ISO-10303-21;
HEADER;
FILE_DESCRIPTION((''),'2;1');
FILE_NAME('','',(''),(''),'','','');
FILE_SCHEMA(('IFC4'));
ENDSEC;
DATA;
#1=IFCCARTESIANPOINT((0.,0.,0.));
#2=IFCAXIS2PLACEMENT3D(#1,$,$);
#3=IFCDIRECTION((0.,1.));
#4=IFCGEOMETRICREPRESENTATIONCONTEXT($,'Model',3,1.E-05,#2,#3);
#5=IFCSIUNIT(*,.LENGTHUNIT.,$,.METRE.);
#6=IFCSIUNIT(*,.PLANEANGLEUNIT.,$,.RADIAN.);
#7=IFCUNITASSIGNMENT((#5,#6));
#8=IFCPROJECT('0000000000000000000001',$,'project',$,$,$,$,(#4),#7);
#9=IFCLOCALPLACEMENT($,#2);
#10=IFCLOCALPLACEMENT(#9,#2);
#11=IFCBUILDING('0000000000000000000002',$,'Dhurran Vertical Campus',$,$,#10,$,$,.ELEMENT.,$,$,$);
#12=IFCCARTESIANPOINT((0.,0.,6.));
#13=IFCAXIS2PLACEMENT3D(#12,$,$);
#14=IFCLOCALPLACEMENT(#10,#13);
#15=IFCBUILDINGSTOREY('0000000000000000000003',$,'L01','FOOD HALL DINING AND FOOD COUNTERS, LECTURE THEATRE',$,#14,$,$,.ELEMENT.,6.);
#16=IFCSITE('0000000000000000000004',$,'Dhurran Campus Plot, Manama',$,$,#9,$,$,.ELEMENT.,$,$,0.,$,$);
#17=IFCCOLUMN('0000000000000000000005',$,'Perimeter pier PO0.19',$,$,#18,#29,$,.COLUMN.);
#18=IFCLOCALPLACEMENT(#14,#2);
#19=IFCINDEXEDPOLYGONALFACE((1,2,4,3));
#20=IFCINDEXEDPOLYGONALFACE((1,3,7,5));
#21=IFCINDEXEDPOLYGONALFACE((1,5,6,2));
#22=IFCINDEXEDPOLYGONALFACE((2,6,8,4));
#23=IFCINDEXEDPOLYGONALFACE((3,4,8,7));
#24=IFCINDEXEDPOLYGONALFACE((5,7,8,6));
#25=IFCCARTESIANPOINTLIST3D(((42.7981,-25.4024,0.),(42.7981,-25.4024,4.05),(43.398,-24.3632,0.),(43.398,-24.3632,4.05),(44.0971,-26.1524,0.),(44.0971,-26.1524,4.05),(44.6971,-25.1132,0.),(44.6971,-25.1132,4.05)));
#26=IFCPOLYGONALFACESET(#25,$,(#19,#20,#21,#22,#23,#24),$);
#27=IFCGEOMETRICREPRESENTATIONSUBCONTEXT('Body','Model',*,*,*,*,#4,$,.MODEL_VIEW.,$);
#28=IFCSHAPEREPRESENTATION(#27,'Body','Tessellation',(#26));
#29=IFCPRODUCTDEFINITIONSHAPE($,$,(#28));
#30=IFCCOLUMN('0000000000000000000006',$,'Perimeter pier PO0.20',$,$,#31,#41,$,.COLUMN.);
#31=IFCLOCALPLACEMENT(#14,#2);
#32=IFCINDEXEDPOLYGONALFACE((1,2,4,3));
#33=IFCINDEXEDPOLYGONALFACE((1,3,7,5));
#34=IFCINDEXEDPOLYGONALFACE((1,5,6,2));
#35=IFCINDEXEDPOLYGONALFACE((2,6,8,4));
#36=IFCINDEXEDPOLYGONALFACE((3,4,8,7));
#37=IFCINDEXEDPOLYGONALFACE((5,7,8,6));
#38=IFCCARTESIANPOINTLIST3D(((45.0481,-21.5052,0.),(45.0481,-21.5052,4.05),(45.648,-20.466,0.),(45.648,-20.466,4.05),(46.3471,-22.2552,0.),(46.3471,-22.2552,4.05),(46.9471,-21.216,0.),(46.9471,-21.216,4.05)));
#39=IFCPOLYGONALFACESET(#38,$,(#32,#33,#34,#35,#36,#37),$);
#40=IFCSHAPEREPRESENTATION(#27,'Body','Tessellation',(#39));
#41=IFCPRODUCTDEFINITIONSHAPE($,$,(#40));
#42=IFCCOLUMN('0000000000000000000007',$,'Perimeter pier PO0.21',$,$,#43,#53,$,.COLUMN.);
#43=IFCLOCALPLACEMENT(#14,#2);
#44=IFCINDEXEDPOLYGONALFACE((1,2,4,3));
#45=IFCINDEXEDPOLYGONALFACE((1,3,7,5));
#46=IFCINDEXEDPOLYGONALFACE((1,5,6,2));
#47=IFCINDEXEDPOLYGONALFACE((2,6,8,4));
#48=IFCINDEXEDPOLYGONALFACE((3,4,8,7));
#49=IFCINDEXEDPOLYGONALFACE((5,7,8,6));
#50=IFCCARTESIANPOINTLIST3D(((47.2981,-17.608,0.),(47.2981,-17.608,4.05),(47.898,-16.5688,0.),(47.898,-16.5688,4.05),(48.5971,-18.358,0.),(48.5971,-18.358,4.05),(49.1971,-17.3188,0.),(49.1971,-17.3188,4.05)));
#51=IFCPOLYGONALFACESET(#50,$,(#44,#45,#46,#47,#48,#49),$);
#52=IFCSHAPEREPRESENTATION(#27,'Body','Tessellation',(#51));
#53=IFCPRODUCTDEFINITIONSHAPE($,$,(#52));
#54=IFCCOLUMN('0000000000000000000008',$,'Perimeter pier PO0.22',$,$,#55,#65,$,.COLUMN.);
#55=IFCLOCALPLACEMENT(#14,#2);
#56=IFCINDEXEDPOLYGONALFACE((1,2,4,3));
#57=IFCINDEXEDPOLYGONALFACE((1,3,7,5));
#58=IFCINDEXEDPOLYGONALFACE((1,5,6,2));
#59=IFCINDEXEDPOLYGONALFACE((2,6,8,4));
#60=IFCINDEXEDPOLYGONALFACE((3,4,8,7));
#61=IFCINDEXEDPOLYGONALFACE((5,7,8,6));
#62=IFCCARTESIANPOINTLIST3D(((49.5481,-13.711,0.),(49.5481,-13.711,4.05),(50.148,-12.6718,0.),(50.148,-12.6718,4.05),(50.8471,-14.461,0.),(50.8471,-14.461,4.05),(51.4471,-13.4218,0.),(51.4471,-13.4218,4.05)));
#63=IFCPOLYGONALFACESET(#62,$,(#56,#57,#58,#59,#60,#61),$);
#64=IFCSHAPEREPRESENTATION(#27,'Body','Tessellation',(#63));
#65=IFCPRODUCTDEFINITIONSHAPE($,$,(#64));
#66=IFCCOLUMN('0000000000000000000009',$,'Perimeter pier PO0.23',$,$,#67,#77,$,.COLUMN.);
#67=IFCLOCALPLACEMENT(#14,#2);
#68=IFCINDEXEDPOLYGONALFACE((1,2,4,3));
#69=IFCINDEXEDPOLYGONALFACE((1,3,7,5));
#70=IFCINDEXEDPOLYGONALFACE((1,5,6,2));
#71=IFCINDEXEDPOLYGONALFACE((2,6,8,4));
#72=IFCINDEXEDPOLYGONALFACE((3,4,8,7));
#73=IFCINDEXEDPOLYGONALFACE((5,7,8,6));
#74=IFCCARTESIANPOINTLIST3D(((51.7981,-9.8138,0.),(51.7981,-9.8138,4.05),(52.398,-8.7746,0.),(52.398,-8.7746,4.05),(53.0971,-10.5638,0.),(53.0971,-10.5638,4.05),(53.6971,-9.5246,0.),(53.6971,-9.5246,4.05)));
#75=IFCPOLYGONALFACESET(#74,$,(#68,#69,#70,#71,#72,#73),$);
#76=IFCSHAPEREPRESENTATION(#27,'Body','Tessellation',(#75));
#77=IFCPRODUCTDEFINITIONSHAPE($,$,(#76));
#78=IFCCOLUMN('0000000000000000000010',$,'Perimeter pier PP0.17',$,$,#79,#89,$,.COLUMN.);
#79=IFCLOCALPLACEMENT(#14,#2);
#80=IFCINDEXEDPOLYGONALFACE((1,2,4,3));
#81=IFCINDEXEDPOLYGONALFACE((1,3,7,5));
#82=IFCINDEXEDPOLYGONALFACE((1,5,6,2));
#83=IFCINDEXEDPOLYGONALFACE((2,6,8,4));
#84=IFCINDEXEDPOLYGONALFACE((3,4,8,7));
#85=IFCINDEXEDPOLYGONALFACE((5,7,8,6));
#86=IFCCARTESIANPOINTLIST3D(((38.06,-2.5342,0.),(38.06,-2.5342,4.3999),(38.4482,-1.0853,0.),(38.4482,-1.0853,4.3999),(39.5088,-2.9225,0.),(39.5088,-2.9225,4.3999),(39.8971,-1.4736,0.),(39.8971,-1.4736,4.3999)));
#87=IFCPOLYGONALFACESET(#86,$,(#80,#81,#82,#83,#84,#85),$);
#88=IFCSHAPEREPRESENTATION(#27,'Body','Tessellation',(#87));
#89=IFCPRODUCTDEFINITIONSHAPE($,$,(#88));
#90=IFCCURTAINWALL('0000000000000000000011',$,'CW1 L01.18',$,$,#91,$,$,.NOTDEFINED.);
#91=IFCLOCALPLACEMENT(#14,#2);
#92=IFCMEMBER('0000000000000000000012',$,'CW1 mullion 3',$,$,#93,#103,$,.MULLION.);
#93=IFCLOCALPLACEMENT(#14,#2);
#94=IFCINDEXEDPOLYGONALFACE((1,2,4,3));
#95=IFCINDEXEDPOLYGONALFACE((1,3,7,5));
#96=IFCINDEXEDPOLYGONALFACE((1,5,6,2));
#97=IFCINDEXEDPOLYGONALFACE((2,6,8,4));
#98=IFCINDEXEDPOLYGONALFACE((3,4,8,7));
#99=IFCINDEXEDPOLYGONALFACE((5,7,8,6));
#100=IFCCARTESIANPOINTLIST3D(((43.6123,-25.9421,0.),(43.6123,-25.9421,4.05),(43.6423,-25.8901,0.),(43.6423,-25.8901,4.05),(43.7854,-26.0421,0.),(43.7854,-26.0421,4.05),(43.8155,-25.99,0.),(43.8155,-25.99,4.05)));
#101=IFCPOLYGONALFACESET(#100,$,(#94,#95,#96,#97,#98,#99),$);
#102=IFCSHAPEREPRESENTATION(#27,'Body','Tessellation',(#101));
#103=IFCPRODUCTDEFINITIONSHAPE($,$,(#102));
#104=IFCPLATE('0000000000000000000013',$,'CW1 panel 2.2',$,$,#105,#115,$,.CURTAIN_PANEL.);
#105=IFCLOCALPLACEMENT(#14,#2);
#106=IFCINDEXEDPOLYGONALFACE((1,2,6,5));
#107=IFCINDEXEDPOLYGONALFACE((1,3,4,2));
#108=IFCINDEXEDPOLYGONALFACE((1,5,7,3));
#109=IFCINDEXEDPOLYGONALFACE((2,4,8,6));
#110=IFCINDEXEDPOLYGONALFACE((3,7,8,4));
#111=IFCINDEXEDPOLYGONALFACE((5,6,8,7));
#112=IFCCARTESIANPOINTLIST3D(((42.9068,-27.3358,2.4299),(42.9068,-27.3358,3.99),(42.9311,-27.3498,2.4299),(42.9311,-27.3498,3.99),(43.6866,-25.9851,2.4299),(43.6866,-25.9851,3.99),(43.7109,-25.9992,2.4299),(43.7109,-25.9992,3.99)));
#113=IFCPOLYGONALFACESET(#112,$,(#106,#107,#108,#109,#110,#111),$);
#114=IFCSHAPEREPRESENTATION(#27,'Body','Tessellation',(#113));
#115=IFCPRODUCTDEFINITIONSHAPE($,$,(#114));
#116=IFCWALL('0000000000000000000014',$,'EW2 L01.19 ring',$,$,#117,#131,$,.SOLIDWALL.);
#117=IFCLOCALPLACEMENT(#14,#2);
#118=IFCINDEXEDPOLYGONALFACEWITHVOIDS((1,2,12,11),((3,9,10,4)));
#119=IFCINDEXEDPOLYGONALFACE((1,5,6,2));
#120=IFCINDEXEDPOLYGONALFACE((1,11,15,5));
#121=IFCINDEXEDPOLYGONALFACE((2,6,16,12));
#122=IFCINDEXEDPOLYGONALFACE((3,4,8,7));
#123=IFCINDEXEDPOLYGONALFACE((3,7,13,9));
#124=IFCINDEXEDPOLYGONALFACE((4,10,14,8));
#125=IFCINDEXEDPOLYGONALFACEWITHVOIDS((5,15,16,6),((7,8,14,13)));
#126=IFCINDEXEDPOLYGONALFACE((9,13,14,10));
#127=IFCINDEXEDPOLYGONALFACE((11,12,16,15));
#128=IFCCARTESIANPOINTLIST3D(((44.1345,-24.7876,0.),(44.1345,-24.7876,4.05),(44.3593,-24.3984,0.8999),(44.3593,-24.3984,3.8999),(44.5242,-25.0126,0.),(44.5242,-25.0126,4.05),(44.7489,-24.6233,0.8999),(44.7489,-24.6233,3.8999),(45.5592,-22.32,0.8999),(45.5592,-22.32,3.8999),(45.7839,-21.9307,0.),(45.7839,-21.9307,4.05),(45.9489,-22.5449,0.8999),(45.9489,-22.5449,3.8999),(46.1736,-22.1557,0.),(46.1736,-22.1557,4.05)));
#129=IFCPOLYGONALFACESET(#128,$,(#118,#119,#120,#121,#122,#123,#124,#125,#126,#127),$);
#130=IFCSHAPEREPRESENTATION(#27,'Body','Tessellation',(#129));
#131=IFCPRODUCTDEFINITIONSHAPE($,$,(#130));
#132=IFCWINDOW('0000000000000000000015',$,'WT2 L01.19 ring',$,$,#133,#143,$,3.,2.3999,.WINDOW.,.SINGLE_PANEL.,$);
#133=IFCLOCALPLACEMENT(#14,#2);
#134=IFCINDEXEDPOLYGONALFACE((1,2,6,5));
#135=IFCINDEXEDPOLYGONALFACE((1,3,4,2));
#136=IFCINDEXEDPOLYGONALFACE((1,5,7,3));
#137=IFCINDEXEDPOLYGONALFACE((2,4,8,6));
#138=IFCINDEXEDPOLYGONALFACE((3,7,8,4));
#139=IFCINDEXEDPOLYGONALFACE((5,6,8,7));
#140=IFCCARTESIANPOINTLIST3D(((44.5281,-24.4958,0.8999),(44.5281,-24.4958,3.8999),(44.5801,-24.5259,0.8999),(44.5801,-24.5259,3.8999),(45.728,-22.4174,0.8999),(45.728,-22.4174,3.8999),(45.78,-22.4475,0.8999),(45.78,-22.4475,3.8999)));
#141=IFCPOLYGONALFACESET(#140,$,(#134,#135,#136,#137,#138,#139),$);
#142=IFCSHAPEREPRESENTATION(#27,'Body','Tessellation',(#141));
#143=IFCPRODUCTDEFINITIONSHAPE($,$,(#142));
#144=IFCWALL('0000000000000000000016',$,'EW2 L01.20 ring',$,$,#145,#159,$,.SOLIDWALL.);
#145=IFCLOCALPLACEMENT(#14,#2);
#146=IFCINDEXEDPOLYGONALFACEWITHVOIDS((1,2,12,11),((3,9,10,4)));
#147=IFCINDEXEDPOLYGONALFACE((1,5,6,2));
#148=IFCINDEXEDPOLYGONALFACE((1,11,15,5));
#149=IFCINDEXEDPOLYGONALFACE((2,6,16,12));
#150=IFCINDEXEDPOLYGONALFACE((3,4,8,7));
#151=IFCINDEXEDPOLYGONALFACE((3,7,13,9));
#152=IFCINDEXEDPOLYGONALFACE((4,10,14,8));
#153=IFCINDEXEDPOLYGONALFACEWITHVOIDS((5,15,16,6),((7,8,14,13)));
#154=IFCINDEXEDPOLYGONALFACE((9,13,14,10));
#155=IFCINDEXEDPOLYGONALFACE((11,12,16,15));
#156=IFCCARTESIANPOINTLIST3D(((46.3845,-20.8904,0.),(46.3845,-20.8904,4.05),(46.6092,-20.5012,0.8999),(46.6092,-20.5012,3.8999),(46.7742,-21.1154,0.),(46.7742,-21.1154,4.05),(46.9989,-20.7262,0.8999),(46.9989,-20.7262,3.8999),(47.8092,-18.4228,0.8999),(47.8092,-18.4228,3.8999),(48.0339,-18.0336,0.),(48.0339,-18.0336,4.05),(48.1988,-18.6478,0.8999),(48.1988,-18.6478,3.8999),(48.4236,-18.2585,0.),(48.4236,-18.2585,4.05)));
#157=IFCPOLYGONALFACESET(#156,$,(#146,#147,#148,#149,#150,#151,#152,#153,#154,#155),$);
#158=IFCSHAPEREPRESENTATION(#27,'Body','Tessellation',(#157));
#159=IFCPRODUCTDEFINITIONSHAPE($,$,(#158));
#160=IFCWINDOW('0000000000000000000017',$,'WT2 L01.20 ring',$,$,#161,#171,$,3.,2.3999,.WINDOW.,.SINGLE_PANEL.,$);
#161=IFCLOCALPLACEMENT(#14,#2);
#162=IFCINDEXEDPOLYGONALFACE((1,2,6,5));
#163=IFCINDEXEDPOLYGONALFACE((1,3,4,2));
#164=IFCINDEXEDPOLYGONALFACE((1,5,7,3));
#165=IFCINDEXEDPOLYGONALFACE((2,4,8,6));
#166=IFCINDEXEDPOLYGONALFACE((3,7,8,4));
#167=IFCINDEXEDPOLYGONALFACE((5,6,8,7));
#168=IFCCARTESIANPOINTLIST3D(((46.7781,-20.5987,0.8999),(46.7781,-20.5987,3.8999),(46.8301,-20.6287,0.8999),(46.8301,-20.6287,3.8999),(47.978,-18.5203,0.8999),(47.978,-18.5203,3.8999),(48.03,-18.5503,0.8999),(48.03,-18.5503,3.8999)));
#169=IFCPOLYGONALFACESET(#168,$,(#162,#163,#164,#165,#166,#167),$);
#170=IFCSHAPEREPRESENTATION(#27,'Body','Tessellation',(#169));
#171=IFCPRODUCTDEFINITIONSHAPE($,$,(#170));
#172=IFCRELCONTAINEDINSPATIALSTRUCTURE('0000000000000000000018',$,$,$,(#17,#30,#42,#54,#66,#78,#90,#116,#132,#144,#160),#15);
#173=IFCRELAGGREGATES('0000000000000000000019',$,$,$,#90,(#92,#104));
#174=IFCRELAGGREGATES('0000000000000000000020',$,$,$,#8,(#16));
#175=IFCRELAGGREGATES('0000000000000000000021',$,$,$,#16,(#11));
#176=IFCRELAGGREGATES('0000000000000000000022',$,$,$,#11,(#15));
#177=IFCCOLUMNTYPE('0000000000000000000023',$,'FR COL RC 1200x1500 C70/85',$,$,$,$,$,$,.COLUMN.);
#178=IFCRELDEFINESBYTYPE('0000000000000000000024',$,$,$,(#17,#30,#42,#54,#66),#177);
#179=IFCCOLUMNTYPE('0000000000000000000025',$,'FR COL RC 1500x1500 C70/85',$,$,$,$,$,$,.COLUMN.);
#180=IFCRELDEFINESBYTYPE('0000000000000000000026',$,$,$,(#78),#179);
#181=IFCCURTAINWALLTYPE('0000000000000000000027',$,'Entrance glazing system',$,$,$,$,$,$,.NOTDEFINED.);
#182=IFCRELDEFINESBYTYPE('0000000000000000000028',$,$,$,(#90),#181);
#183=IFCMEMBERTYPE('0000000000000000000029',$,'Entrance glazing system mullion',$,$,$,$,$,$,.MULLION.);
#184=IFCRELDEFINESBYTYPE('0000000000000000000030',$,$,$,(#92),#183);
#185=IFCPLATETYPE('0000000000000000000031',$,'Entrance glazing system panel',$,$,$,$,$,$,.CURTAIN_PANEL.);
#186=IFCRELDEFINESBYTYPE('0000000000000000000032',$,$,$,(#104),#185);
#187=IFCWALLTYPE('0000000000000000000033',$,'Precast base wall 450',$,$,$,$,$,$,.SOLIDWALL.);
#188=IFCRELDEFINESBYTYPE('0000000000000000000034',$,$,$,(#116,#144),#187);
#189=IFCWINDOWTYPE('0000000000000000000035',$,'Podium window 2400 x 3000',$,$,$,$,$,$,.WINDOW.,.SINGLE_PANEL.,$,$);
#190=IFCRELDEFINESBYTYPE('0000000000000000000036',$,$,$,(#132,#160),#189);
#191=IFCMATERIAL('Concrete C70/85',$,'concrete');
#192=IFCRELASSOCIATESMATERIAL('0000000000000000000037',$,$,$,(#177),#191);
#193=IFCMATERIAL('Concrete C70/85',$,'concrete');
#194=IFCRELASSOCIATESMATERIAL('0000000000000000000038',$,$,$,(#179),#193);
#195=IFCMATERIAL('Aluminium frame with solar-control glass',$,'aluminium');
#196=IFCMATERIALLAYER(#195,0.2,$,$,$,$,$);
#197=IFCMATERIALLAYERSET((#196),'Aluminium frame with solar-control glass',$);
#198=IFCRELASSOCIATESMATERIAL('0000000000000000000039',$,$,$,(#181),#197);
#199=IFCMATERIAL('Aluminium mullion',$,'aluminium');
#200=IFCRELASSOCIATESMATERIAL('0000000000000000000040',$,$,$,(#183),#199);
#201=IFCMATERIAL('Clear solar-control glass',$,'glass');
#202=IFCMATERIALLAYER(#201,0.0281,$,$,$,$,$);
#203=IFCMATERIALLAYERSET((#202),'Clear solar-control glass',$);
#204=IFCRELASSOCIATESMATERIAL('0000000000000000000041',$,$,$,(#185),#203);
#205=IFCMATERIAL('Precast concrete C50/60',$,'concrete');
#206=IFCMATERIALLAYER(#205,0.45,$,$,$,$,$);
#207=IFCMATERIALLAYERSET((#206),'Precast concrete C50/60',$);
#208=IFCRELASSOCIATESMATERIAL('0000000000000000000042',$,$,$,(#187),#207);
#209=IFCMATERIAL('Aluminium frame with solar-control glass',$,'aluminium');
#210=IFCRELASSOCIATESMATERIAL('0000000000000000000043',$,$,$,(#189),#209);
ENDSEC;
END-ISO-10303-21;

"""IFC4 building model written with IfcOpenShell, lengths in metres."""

from ifc_helpers import new_model, si_unit, direction, frame, frame_2d, origin, origin_2d, place, context, subcontext, project, spatial, rectangle, extrude, material, layer, layer_set, material_profile, profile_set, type_object, element, fill, aggregate, save


model = new_model("IFC4")

# Units and contexts
model_context = context("Model", 3, precision=1e-05, world=origin(), true_north=direction((0.0, 1.0)))
body_context = subcontext(model_context, "Body", "Model", "MODEL_VIEW")
ifc_project = project(units=[si_unit("LENGTHUNIT", "METRE"), si_unit("PLANEANGLEUNIT", "RADIAN")], contexts=[model_context])

# Site, building, storey
site_placement = place(None, origin())
site = spatial("IfcSite", under=ifc_project, at=site_placement, Name="Dhurran Campus Plot, Manama", CompositionType="ELEMENT", RefElevation=0.0)
building_placement = place(site_placement, origin())
building = spatial("IfcBuilding", under=site, at=building_placement, Name="Dhurran Vertical Campus", CompositionType="ELEMENT")
storey_placement = place(building_placement, frame((0.0, 0.0, 6.0)))
storey = spatial("IfcBuildingStorey", under=building, at=storey_placement, Name="L01", Description="FOOD HALL DINING AND FOOD COUNTERS, LECTURE THEATRE", CompositionType="ELEMENT", Elevation=6.0)

# Columns
ifc_material_1 = material(Name="Concrete C70/85", Category="concrete")
ifc_material_profile_1 = material_profile(ifc_material_1, rectangle(XDim=1.2, YDim=1.5, at=origin_2d()), Name="RC 1200x1500")
ifc_profile_set_1 = profile_set([ifc_material_profile_1], Name="Concrete C70/85")
column_type_1 = type_object("IfcColumnType", Name="FR COL RC 1200x1500 C70/85", PredefinedType="COLUMN", material=ifc_profile_set_1)
for number, where, z_axis, x_axis, name in (
    (1, (43.7476, -25.2578, 0.0), (0.0, 0.0, 1.0), (0.5, 0.866025, 0.0), "Perimeter pier PO0.19"),
    (2, (45.9976, -21.3606, 0.0), (0.0, 0.0, 1.0), (0.5, 0.866025, 0.0), "Perimeter pier PO0.20"),
    (3, (48.2476, -17.4634, 0.0), (0.0, 0.0, 1.0), (0.5, 0.866025, 0.0), "Perimeter pier PO0.21"),
    (4, (50.4976, -13.5664, 0.0), (0.0, 0.0, 1.0), (0.5, 0.866025, 0.0), "Perimeter pier PO0.22"),
    (5, (52.7476, -9.6692, 0.0), (0.0, 0.0, 1.0), (0.5, 0.866025, 0.0), "Perimeter pier PO0.23"),
):
    element("IfcColumn", number, at=place(storey_placement, frame(where, z_axis=z_axis, x_axis=x_axis)), inside=storey, type_object=column_type_1, Name=name, PredefinedType="COLUMN", context=body_context, shape_type="SweptSolid", body=[
        extrude(rectangle(XDim=1.2, YDim=1.5, at=origin_2d()), origin(), (0.0, 0.0, 1.0), 4.05),
    ])
ifc_material_2 = material(Name="Concrete C70/85", Category="concrete")
ifc_material_profile_2 = material_profile(ifc_material_2, rectangle(XDim=1.5, YDim=1.5, at=origin_2d()), Name="RC 1500x1500")
ifc_profile_set_2 = profile_set([ifc_material_profile_2], Name="Concrete C70/85")
column_type_2 = type_object("IfcColumnType", Name="FR COL RC 1500x1500 C70/85", PredefinedType="COLUMN", material=ifc_profile_set_2)
column_placement = place(storey_placement, frame((38.9785, -2.0039, 0.0), z_axis=(0.0, 0.0, 1.0), x_axis=(0.258819, 0.965926, 0.0)))
element("IfcColumn", 6, at=column_placement, inside=storey, type_object=column_type_2, Name="Perimeter pier PP0.17", PredefinedType="COLUMN", context=body_context, shape_type="SweptSolid", body=[
    extrude(rectangle(XDim=1.5, YDim=1.5, at=origin_2d()), origin(), (0.0, 0.0, 1.0), 4.3999),
])

# Curtain wall, member, plate
ifc_material_3 = material(Name="Aluminium frame with solar-control glass", Category="aluminium")
ifc_layer_1 = layer(ifc_material_3, 0.2)
ifc_layer_set_1 = layer_set([ifc_layer_1], Name="Aluminium frame with solar-control glass")
curtain_wall_type = type_object("IfcCurtainWallType", Name="Entrance glazing system", PredefinedType="NOTDEFINED", material=ifc_layer_set_1)
curtain_wall_placement = place(storey_placement, origin())
curtain_wall = element("IfcCurtainWall", 7, at=curtain_wall_placement, inside=storey, type_object=curtain_wall_type, Name="CW1 L01.18", PredefinedType="NOTDEFINED")
ifc_material_4 = material(Name="Aluminium mullion", Category="aluminium")
ifc_material_profile_3 = material_profile(ifc_material_4, rectangle(XDim=0.2, YDim=0.0601, at=origin_2d()), Name="Entrance glazing system mullion")
ifc_profile_set_3 = profile_set([ifc_material_profile_3], Name="Aluminium mullion")
member_type = type_object("IfcMemberType", Name="Entrance glazing system mullion", PredefinedType="MULLION", material=ifc_profile_set_3)
member_placement = place(storey_placement, frame((43.7139, -25.9661, 0.0), z_axis=(0.0, 0.0, 1.0), x_axis=(-0.866032, 0.499989, 0.0)))
member = element("IfcMember", 8, at=member_placement, type_object=member_type, Name="CW1 mullion 3", PredefinedType="MULLION", context=body_context, shape_type="SweptSolid", body=[
    extrude(rectangle(XDim=0.2, YDim=0.0601, at=origin_2d()), origin(), (0.0, 0.0, 1.0), 4.05),
])
ifc_material_5 = material(Name="Clear solar-control glass", Category="glass")
ifc_layer_2 = layer(ifc_material_5, 0.0281)
ifc_layer_set_2 = layer_set([ifc_layer_2], Name="Clear solar-control glass")
plate_type = type_object("IfcPlateType", Name="Entrance glazing system panel", PredefinedType="CURTAIN_PANEL", material=ifc_layer_set_2)
plate_placement = place(storey_placement, frame((43.3088, -26.6675, 2.4299), z_axis=(0.0, 0.0, 1.0), x_axis=(0.499989, 0.866032, 0.0)))
plate = element("IfcPlate", 9, at=plate_placement, type_object=plate_type, Name="CW1 panel 2.2", PredefinedType="CURTAIN_PANEL", context=body_context, shape_type="SweptSolid", body=[
    extrude(rectangle(XDim=1.5596, YDim=0.0281, at=origin_2d()), origin(), (0.0, 0.0, 1.0), 1.5601),
])
aggregate(curtain_wall, [member, plate])

# Walls, openings, windows
ifc_material_6 = material(Name="Precast concrete C50/60", Category="concrete")
ifc_layer_3 = layer(ifc_material_6, 0.45)
ifc_layer_set_3 = layer_set([ifc_layer_3], Name="Precast concrete C50/60")
wall_type_1 = type_object("IfcWallType", Name="Precast base wall 450", PredefinedType="SOLIDWALL", material=ifc_layer_set_3)
wall_1_placement = place(storey_placement, frame((45.9788, -22.0432, 0.0), z_axis=(0.0, 0.0, 1.0), x_axis=(-0.499992, -0.86603, 0.0)))
wall_1 = element("IfcWall", 10, at=wall_1_placement, inside=storey, type_object=wall_type_1, Name="EW2 L01.19 ring", PredefinedType="SOLIDWALL", context=body_context, shape_type="SweptSolid", body=[
    extrude(rectangle(XDim=3.2988, YDim=0.45, at=frame_2d((1.6494, 0.0))), origin(), (0.0, 0.0, 1.0), 4.05),
])
opening_1_placement = place(wall_1_placement, frame((0.4495, 0.0, 0.8999)))
opening_1 = element("IfcOpeningElement", 11, at=opening_1_placement, cuts=wall_1, PredefinedType="OPENING", context=body_context, shape_type="SweptSolid", body=[
    extrude(rectangle(XDim=2.3999, YDim=3.0, at=frame_2d((1.2, 1.5))), frame((0.0, 0.2349, 0.0), z_axis=(0.0, -1.0, 0.0), x_axis=(1.0, 0.0, 0.0)), (0.0, 0.0, 1.0), 0.47),
])
ifc_material_7 = material(Name="Aluminium frame with solar-control glass", Category="aluminium")
window_type = type_object("IfcWindowType", Name="Podium window 2400 x 3000", PartitioningType="SINGLE_PANEL", PredefinedType="WINDOW", material=ifc_material_7)
window_1_placement = place(opening_1_placement, origin())
window_1 = element("IfcWindow", 12, at=window_1_placement, inside=storey, type_object=window_type, Name="WT2 L01.19 ring", OverallHeight=3.0, OverallWidth=2.3999, PartitioningType="SINGLE_PANEL", PredefinedType="WINDOW", context=body_context, shape_type="SweptSolid", body=[
    extrude(rectangle(XDim=2.3999, YDim=3.0, at=frame_2d((1.2, 1.5))), frame((0.0, 0.03, 0.0), z_axis=(0.0, -1.0, 0.0), x_axis=(1.0, 0.0, 0.0)), (0.0, 0.0, 1.0), 0.0601),
])
fill(opening_1, window_1)
wall_2_placement = place(storey_placement, frame((46.5793, -21.0029, 0.0), z_axis=(0.0, 0.0, 1.0), x_axis=(0.499992, 0.86603, 0.0)))
wall_2 = element("IfcWall", 13, at=wall_2_placement, inside=storey, type_object=wall_type_1, Name="EW2 L01.20 ring", PredefinedType="SOLIDWALL", context=body_context, shape_type="SweptSolid", body=[
    extrude(rectangle(XDim=3.2988, YDim=0.45, at=frame_2d((1.6494, 0.0))), origin(), (0.0, 0.0, 1.0), 4.05),
])
opening_2_placement = place(wall_2_placement, frame((0.4495, 0.0, 0.8999)))
opening_2 = element("IfcOpeningElement", 14, at=opening_2_placement, cuts=wall_2, PredefinedType="OPENING", context=body_context, shape_type="SweptSolid", body=[
    extrude(rectangle(XDim=2.3999, YDim=3.0, at=frame_2d((1.2, 1.5))), frame((0.0, 0.2349, 0.0), z_axis=(0.0, -1.0, 0.0), x_axis=(1.0, 0.0, 0.0)), (0.0, 0.0, 1.0), 0.47),
])
window_2_placement = place(opening_2_placement, origin())
window_2 = element("IfcWindow", 15, at=window_2_placement, inside=storey, type_object=window_type, Name="WT2 L01.20 ring", OverallHeight=3.0, OverallWidth=2.3999, PartitioningType="SINGLE_PANEL", PredefinedType="WINDOW", context=body_context, shape_type="SweptSolid", body=[
    extrude(rectangle(XDim=2.3999, YDim=3.0, at=frame_2d((1.2, 1.5))), frame((0.0, 0.03, 0.0), z_axis=(0.0, -1.0, 0.0), x_axis=(1.0, 0.0, 0.0)), (0.0, 0.0, 1.0), 0.0601),
])
fill(opening_2, window_2)

save(model, "model.ifc")
